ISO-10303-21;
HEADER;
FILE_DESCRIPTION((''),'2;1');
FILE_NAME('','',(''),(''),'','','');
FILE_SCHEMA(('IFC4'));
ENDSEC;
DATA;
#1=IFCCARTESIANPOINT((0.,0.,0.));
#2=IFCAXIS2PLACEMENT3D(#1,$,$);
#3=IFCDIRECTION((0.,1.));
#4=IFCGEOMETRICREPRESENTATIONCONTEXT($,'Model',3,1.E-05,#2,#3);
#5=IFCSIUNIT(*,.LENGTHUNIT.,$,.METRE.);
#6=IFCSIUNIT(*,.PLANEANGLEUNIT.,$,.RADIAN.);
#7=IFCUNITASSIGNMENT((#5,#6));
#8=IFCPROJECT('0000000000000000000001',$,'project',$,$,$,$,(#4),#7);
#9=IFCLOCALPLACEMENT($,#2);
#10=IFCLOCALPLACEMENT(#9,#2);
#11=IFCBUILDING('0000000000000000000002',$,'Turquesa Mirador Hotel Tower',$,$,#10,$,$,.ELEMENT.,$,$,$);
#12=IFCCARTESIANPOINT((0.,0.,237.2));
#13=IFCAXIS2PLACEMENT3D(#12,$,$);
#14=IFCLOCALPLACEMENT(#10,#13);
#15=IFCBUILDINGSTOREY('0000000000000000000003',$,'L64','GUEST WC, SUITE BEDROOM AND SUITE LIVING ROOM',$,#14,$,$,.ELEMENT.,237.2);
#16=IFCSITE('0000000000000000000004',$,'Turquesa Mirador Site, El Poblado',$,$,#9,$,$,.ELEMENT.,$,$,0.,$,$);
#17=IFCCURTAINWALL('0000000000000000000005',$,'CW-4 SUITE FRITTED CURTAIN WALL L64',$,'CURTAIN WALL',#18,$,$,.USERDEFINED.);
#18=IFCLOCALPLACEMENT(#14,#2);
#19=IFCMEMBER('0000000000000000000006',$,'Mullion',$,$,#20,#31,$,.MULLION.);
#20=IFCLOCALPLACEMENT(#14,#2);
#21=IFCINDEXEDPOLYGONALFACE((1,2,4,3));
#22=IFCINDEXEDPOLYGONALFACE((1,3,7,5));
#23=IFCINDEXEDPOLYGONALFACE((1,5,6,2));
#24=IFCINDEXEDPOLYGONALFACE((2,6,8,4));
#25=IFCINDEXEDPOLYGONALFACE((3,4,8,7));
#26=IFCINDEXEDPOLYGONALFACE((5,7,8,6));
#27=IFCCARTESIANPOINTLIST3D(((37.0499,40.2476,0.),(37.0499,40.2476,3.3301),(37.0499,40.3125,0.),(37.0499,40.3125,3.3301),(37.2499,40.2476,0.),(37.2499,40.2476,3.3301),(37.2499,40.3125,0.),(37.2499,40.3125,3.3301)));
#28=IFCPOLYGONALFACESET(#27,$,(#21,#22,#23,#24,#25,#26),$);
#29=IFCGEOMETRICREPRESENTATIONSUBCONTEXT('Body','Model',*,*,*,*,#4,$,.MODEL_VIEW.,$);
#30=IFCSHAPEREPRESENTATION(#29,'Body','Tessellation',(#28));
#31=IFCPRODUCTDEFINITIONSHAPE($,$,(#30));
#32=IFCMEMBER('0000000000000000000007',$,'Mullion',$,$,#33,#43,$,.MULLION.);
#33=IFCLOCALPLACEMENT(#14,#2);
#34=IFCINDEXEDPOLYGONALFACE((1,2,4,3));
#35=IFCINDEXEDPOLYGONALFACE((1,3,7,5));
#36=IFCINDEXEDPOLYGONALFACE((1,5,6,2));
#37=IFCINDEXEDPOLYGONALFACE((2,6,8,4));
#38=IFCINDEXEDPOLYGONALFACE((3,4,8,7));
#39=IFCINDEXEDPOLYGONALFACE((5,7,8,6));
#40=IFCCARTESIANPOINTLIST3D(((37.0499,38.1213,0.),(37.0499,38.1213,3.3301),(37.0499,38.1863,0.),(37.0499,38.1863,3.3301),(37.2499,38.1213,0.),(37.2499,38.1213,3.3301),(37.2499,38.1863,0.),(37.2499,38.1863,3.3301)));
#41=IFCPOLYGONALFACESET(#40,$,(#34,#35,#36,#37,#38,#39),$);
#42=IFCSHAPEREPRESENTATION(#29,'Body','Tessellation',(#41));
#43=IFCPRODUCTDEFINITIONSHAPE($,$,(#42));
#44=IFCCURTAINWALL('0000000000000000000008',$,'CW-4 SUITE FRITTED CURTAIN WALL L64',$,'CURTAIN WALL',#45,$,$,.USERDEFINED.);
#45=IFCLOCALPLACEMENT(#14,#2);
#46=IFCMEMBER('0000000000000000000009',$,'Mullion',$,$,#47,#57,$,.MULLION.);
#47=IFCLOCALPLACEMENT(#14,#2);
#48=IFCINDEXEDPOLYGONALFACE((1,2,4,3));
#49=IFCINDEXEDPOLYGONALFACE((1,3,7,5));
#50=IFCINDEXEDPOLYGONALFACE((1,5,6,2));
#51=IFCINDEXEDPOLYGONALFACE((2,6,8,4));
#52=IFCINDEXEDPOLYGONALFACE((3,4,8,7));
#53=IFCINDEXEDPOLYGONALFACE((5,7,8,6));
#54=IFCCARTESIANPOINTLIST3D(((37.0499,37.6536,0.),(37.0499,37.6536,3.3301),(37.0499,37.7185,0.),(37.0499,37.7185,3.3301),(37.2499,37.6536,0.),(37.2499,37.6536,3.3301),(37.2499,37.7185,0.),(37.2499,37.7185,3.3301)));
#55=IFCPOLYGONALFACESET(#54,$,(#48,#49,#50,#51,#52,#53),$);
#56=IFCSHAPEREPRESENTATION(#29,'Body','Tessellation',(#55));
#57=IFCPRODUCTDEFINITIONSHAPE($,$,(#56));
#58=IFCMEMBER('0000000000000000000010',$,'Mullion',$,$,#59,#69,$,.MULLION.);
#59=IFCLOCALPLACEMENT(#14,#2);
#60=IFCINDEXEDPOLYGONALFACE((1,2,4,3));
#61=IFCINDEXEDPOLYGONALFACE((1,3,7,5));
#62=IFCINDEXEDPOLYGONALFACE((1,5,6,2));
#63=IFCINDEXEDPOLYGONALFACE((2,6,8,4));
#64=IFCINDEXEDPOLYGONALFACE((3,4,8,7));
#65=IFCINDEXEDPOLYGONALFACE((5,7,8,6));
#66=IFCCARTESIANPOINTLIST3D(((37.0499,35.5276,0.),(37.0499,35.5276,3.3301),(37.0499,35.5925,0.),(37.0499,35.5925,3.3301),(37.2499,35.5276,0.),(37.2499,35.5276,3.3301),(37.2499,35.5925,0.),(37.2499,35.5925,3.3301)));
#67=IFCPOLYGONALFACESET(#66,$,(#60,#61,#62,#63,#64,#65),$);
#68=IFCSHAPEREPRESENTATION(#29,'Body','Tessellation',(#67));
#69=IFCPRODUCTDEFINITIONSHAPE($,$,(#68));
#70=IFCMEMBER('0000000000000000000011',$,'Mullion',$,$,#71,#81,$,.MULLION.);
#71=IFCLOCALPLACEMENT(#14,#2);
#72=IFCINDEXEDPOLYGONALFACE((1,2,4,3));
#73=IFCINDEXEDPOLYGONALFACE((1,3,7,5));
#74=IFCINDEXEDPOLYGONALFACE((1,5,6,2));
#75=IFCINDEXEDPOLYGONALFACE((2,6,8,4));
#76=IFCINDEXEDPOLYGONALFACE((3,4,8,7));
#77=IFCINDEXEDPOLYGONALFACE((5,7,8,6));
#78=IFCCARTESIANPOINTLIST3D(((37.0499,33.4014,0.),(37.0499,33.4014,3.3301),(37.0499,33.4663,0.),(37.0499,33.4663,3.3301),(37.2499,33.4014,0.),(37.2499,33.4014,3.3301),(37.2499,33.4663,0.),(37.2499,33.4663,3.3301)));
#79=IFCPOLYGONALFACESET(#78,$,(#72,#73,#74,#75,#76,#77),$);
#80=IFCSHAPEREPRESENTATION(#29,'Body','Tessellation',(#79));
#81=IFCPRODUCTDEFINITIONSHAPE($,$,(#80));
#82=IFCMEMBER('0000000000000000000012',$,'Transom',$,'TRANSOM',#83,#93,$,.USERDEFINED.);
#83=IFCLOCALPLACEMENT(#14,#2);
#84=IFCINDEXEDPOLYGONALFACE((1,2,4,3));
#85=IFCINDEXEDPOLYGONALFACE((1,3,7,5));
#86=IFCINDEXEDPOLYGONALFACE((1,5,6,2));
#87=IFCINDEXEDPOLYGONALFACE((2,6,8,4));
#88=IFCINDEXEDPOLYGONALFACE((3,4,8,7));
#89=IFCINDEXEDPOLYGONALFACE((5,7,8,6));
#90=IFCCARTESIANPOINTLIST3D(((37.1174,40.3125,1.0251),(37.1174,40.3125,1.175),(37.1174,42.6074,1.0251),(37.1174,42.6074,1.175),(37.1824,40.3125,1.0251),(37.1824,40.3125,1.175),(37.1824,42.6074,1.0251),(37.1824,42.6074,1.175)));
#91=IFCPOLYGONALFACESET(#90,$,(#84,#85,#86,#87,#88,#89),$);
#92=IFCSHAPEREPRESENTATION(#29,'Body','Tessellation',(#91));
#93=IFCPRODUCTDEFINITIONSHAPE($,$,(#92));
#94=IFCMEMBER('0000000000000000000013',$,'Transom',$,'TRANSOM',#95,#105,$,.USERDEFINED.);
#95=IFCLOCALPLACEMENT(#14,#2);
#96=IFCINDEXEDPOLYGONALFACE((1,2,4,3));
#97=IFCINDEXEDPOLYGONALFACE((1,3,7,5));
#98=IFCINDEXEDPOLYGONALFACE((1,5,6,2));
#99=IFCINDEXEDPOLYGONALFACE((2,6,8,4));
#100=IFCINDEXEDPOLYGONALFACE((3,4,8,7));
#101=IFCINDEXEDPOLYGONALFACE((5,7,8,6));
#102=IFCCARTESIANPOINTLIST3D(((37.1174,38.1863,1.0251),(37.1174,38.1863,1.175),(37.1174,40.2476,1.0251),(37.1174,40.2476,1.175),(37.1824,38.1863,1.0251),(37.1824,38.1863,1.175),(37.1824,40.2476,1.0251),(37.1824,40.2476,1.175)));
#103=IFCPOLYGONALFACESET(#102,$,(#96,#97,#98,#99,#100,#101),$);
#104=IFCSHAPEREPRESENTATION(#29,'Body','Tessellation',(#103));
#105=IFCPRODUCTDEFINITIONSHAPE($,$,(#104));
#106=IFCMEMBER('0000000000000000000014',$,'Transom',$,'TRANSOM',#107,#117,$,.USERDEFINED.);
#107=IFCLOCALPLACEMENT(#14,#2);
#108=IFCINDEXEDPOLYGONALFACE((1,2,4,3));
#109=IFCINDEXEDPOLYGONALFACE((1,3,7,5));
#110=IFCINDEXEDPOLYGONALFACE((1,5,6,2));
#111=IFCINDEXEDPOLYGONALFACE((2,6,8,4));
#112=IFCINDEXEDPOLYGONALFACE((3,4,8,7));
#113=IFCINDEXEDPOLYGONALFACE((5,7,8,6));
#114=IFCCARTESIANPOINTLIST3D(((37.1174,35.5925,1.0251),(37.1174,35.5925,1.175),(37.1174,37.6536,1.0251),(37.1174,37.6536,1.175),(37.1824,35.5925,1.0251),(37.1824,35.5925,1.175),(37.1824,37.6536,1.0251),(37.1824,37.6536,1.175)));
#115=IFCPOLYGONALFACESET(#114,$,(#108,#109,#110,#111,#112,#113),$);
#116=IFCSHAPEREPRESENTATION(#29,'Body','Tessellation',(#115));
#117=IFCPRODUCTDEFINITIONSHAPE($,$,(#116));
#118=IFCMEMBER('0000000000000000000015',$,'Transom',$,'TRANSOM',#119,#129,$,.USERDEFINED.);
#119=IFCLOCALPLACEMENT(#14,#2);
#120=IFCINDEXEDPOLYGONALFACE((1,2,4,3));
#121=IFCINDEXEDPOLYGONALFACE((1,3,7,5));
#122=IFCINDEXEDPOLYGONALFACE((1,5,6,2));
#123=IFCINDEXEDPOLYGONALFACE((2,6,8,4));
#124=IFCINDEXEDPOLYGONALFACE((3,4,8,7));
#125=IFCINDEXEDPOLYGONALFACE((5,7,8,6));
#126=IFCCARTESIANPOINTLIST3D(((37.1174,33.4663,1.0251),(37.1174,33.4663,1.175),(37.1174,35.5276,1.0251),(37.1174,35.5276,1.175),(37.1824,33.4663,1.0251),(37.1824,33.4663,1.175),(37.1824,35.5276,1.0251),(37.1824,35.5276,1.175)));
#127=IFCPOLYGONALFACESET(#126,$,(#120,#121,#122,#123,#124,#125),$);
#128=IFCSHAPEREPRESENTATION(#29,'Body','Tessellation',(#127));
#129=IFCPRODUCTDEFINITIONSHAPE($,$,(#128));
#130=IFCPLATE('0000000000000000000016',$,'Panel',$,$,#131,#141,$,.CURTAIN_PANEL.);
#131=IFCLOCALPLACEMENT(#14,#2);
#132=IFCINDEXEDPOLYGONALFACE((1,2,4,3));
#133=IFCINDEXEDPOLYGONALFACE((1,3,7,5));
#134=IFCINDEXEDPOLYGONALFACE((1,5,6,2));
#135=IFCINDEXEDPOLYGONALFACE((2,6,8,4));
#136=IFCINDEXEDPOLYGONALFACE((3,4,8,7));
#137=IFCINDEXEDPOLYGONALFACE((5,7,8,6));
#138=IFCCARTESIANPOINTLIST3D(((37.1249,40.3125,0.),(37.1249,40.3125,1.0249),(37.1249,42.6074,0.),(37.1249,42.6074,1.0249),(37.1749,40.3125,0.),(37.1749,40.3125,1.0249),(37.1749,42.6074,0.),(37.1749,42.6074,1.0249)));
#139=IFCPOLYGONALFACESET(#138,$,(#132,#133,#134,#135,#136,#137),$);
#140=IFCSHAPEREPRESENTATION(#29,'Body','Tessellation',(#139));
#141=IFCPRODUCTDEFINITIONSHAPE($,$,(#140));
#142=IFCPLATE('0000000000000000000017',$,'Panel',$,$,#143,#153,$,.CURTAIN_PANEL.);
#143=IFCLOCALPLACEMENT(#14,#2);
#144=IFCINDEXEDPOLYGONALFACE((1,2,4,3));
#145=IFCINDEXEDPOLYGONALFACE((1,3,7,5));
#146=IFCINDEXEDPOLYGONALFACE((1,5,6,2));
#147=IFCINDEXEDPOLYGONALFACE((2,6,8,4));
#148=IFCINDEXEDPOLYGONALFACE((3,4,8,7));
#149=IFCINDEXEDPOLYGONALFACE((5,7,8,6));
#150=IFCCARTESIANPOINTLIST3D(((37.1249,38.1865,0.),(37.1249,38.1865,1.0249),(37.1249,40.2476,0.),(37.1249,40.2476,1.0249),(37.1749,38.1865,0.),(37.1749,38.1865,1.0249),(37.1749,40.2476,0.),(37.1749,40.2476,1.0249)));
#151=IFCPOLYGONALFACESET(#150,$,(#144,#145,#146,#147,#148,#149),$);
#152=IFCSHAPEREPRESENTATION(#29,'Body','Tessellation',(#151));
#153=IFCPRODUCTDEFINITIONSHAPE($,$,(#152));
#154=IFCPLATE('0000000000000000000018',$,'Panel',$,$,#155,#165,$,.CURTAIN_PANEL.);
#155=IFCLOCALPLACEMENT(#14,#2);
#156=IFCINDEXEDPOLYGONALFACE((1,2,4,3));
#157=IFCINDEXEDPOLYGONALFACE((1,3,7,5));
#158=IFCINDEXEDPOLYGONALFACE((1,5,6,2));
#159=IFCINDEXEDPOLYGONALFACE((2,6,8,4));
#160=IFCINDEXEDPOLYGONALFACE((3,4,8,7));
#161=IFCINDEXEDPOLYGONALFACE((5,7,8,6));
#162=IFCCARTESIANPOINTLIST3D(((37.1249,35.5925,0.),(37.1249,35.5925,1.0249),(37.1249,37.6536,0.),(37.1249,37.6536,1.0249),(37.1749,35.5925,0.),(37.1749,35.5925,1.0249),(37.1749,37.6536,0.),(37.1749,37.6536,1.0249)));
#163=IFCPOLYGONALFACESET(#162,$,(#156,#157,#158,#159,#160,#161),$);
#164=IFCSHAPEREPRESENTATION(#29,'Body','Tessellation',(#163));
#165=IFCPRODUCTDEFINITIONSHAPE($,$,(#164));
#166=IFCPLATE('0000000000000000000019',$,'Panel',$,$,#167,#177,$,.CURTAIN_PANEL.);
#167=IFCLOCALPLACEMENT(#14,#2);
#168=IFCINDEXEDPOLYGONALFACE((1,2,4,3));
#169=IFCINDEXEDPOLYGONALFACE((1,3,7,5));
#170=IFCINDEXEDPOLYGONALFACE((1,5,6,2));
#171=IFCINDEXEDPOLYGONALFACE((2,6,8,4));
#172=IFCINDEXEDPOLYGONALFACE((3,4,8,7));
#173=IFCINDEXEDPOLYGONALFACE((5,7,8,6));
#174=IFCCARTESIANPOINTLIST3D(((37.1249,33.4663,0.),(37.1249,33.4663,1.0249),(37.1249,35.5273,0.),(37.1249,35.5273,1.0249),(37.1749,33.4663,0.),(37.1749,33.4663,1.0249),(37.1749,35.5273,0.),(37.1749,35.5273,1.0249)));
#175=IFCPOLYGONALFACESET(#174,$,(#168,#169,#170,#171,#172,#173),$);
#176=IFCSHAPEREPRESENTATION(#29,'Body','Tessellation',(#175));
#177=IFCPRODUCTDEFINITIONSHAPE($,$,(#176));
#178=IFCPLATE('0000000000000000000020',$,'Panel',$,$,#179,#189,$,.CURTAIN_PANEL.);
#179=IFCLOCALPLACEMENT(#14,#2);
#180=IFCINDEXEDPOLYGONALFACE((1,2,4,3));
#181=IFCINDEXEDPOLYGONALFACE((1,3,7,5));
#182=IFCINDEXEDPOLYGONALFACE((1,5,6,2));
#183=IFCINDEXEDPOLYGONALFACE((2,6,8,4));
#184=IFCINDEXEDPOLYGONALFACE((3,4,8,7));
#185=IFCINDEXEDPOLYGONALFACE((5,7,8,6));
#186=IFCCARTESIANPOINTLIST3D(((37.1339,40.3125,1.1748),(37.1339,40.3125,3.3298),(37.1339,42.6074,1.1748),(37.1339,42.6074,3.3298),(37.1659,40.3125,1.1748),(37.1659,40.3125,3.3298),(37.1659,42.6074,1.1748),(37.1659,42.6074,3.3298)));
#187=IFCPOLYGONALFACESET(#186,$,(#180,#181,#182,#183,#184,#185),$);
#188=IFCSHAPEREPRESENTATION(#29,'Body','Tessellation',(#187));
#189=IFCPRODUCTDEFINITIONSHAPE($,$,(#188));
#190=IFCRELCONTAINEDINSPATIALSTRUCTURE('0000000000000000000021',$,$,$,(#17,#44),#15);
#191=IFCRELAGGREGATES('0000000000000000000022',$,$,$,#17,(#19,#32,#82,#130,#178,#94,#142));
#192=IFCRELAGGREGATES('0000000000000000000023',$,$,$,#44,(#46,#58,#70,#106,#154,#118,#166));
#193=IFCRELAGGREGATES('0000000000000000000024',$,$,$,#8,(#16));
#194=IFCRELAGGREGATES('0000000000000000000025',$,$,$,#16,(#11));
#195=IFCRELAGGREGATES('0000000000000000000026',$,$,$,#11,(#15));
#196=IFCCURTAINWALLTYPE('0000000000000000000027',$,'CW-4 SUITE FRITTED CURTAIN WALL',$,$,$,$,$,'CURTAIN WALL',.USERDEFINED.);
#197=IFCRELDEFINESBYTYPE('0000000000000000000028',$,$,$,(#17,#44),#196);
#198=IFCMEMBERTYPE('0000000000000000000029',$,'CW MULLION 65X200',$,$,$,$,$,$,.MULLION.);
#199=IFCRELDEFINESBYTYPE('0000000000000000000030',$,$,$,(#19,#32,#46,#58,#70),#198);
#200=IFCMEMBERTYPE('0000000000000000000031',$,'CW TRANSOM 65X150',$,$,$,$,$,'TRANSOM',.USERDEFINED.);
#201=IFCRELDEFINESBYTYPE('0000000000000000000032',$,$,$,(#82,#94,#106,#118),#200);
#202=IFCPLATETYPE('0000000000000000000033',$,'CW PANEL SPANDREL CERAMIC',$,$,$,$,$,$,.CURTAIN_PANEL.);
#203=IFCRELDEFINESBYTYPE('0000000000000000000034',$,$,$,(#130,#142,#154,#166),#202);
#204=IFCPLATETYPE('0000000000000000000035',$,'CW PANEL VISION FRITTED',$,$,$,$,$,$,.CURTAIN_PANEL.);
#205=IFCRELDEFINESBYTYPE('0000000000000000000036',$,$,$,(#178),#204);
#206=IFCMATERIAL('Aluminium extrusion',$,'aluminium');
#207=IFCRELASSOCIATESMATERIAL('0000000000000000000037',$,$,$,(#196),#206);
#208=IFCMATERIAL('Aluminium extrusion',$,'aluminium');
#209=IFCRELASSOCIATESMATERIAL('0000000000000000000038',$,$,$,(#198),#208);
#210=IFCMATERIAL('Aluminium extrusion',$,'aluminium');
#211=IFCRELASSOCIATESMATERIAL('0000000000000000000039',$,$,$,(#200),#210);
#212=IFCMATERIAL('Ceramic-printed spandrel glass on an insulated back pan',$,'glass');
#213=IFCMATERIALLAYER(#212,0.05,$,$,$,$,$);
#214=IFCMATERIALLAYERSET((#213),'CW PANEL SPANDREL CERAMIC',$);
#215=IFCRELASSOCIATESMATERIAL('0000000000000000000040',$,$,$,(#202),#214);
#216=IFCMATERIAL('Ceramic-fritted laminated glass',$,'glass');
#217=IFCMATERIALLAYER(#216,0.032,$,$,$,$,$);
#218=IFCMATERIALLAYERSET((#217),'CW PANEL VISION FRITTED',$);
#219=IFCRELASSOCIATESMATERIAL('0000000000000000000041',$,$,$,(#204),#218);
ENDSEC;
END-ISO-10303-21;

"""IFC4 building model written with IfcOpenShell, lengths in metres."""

from ifc_helpers import new_model, si_unit, direction, frame, origin, origin_2d, place, context, subcontext, project, spatial, rectangle, extrude, material, layer, layer_set, material_profile, profile_set, type_object, element, aggregate, save


model = new_model("IFC4")

# Units and contexts
model_context = context("Model", 3, precision=1e-05, world=origin(), true_north=direction((0.0, 1.0)))
body_context = subcontext(model_context, "Body", "Model", "MODEL_VIEW")
ifc_project = project(units=[si_unit("LENGTHUNIT", "METRE"), si_unit("PLANEANGLEUNIT", "RADIAN")], contexts=[model_context])

# Site, building, storey
site_placement = place(None, origin())
site = spatial("IfcSite", under=ifc_project, at=site_placement, Name="Turquesa Mirador Site, El Poblado", CompositionType="ELEMENT", RefElevation=0.0)
building_placement = place(site_placement, origin())
building = spatial("IfcBuilding", under=site, at=building_placement, Name="Turquesa Mirador Hotel Tower", CompositionType="ELEMENT")
storey_placement = place(building_placement, frame((0.0, 0.0, 237.2)))
storey = spatial("IfcBuildingStorey", under=building, at=storey_placement, Name="L64", Description="GUEST WC, SUITE BEDROOM AND SUITE LIVING ROOM", CompositionType="ELEMENT", Elevation=237.2)

# Curtain walls, members
ifc_material_1 = material(Name="Aluminium extrusion", Category="aluminium")
curtain_wall_type = type_object("IfcCurtainWallType", Name="CW-4 SUITE FRITTED CURTAIN WALL", ElementType="CURTAIN WALL", PredefinedType="USERDEFINED", material=ifc_material_1)
curtain_wall_1_placement = place(storey_placement, origin())
curtain_wall_1 = element("IfcCurtainWall", 1, at=curtain_wall_1_placement, inside=storey, type_object=curtain_wall_type, Name="CW-4 SUITE FRITTED CURTAIN WALL L64", ObjectType="CURTAIN WALL", PredefinedType="USERDEFINED")
ifc_material_2 = material(Name="Aluminium extrusion", Category="aluminium")
ifc_material_profile_1 = material_profile(ifc_material_2, rectangle(XDim=0.0649, YDim=0.2, at=origin_2d()), Name="MULLION 65X200")
ifc_profile_set_1 = profile_set([ifc_material_profile_1], Name="Aluminium extrusion")
member_type_1 = type_object("IfcMemberType", Name="CW MULLION 65X200", PredefinedType="MULLION", material=ifc_profile_set_1)
member_1_placement = place(storey_placement, frame((37.1499, 40.28, 0.0), z_axis=(0.0, 0.0, 1.0), x_axis=(0.0, -1.0, 0.0)))
member_1 = element("IfcMember", 2, at=member_1_placement, type_object=member_type_1, Name="Mullion", PredefinedType="MULLION", context=body_context, shape_type="SweptSolid", body=[
    extrude(rectangle(XDim=0.0649, YDim=0.2, at=origin_2d()), origin(), (0.0, 0.0, 1.0), 3.3301),
])
member_2_placement = place(storey_placement, frame((37.1499, 38.1538, 0.0), z_axis=(0.0, 0.0, 1.0), x_axis=(0.0, -1.0, 0.0)))
member_2 = element("IfcMember", 3, at=member_2_placement, type_object=member_type_1, Name="Mullion", PredefinedType="MULLION", context=body_context, shape_type="SweptSolid", body=[
    extrude(rectangle(XDim=0.0649, YDim=0.2, at=origin_2d()), origin(), (0.0, 0.0, 1.0), 3.3301),
])
curtain_wall_2_placement = place(storey_placement, origin())
curtain_wall_2 = element("IfcCurtainWall", 4, at=curtain_wall_2_placement, inside=storey, type_object=curtain_wall_type, Name="CW-4 SUITE FRITTED CURTAIN WALL L64", ObjectType="CURTAIN WALL", PredefinedType="USERDEFINED")
member_3_placement = place(storey_placement, frame((37.1499, 37.686, 0.0), z_axis=(0.0, 0.0, 1.0), x_axis=(0.0, -1.0, 0.0)))
member_3 = element("IfcMember", 5, at=member_3_placement, type_object=member_type_1, Name="Mullion", PredefinedType="MULLION", context=body_context, shape_type="SweptSolid", body=[
    extrude(rectangle(XDim=0.0649, YDim=0.2, at=origin_2d()), origin(), (0.0, 0.0, 1.0), 3.3301),
])
member_4_placement = place(storey_placement, frame((37.1499, 35.5601, 0.0), z_axis=(0.0, 0.0, 1.0), x_axis=(0.0, -1.0, 0.0)))
member_4 = element("IfcMember", 6, at=member_4_placement, type_object=member_type_1, Name="Mullion", PredefinedType="MULLION", context=body_context, shape_type="SweptSolid", body=[
    extrude(rectangle(XDim=0.0649, YDim=0.2, at=origin_2d()), origin(), (0.0, 0.0, 1.0), 3.3301),
])
member_5_placement = place(storey_placement, frame((37.1499, 33.4338, 0.0), z_axis=(0.0, 0.0, 1.0), x_axis=(0.0, -1.0, 0.0)))
member_5 = element("IfcMember", 7, at=member_5_placement, type_object=member_type_1, Name="Mullion", PredefinedType="MULLION", context=body_context, shape_type="SweptSolid", body=[
    extrude(rectangle(XDim=0.0649, YDim=0.2, at=origin_2d()), origin(), (0.0, 0.0, 1.0), 3.3301),
])

# Members
ifc_material_3 = material(Name="Aluminium extrusion", Category="aluminium")
ifc_material_profile_2 = material_profile(ifc_material_3, rectangle(XDim=0.0649, YDim=0.1499, at=origin_2d()), Name="TRANSOM 65X150")
ifc_profile_set_2 = profile_set([ifc_material_profile_2], Name="Aluminium extrusion")
member_type_2 = type_object("IfcMemberType", Name="CW TRANSOM 65X150", ElementType="TRANSOM", PredefinedType="USERDEFINED", material=ifc_profile_set_2)
member_6_placement = place(storey_placement, frame((37.1499, 42.6074, 1.1001), z_axis=(0.0, -1.0, 0.0), x_axis=(1.0, 0.0, 0.0)))
member_6 = element("IfcMember", 8, at=member_6_placement, type_object=member_type_2, Name="Transom", ObjectType="TRANSOM", PredefinedType="USERDEFINED", context=body_context, shape_type="SweptSolid", body=[
    extrude(rectangle(XDim=0.0649, YDim=0.1499, at=origin_2d()), origin(), (0.0, 0.0, 1.0), 2.2949),
])
member_7_placement = place(storey_placement, frame((37.1499, 40.2476, 1.1001), z_axis=(0.0, -1.0, 0.0), x_axis=(1.0, 0.0, 0.0)))
member_7 = element("IfcMember", 9, at=member_7_placement, type_object=member_type_2, Name="Transom", ObjectType="TRANSOM", PredefinedType="USERDEFINED", context=body_context, shape_type="SweptSolid", body=[
    extrude(rectangle(XDim=0.0649, YDim=0.1499, at=origin_2d()), origin(), (0.0, 0.0, 1.0), 2.0613),
])
member_8_placement = place(storey_placement, frame((37.1499, 37.6536, 1.1001), z_axis=(0.0, -1.0, 0.0), x_axis=(1.0, 0.0, 0.0)))
member_8 = element("IfcMember", 10, at=member_8_placement, type_object=member_type_2, Name="Transom", ObjectType="TRANSOM", PredefinedType="USERDEFINED", context=body_context, shape_type="SweptSolid", body=[
    extrude(rectangle(XDim=0.0649, YDim=0.1499, at=origin_2d()), origin(), (0.0, 0.0, 1.0), 2.061),
])
member_9_placement = place(storey_placement, frame((37.1499, 35.5276, 1.1001), z_axis=(0.0, -1.0, 0.0), x_axis=(1.0, 0.0, 0.0)))
member_9 = element("IfcMember", 11, at=member_9_placement, type_object=member_type_2, Name="Transom", ObjectType="TRANSOM", PredefinedType="USERDEFINED", context=body_context, shape_type="SweptSolid", body=[
    extrude(rectangle(XDim=0.0649, YDim=0.1499, at=origin_2d()), origin(), (0.0, 0.0, 1.0), 2.0613),
])

# Plates
ifc_material_4 = material(Name="Ceramic-printed spandrel glass on an insulated back pan", Category="glass")
ifc_layer_1 = layer(ifc_material_4, 0.05)
ifc_layer_set_1 = layer_set([ifc_layer_1], Name="CW PANEL SPANDREL CERAMIC")
plate_type_1 = type_object("IfcPlateType", Name="CW PANEL SPANDREL CERAMIC", PredefinedType="CURTAIN_PANEL", material=ifc_layer_set_1)
plate_1_placement = place(storey_placement, frame((37.1499, 41.46, 0.0), z_axis=(0.0, 0.0, 1.0), x_axis=(0.0, -1.0, 0.0)))
plate_1 = element("IfcPlate", 12, at=plate_1_placement, type_object=plate_type_1, Name="Panel", PredefinedType="CURTAIN_PANEL", context=body_context, shape_type="SweptSolid", body=[
    extrude(rectangle(XDim=2.2949, YDim=0.05, at=origin_2d()), origin(), (0.0, 0.0, 1.0), 1.0249),
])
plate_2_placement = place(storey_placement, frame((37.1499, 39.217, 0.0), z_axis=(0.0, 0.0, 1.0), x_axis=(0.0, -1.0, 0.0)))
plate_2 = element("IfcPlate", 13, at=plate_2_placement, type_object=plate_type_1, Name="Panel", PredefinedType="CURTAIN_PANEL", context=body_context, shape_type="SweptSolid", body=[
    extrude(rectangle(XDim=2.061, YDim=0.05, at=origin_2d()), origin(), (0.0, 0.0, 1.0), 1.0249),
])
plate_3_placement = place(storey_placement, frame((37.1499, 36.623, 0.0), z_axis=(0.0, 0.0, 1.0), x_axis=(0.0, -1.0, 0.0)))
plate_3 = element("IfcPlate", 14, at=plate_3_placement, type_object=plate_type_1, Name="Panel", PredefinedType="CURTAIN_PANEL", context=body_context, shape_type="SweptSolid", body=[
    extrude(rectangle(XDim=2.061, YDim=0.05, at=origin_2d()), origin(), (0.0, 0.0, 1.0), 1.0249),
])
plate_4_placement = place(storey_placement, frame((37.1499, 34.4968, 0.0), z_axis=(0.0, 0.0, 1.0), x_axis=(0.0, -1.0, 0.0)))
plate_4 = element("IfcPlate", 15, at=plate_4_placement, type_object=plate_type_1, Name="Panel", PredefinedType="CURTAIN_PANEL", context=body_context, shape_type="SweptSolid", body=[
    extrude(rectangle(XDim=2.061, YDim=0.05, at=origin_2d()), origin(), (0.0, 0.0, 1.0), 1.0249),
])
ifc_material_5 = material(Name="Ceramic-fritted laminated glass", Category="glass")
ifc_layer_2 = layer(ifc_material_5, 0.032)
ifc_layer_set_2 = layer_set([ifc_layer_2], Name="CW PANEL VISION FRITTED")
plate_type_2 = type_object("IfcPlateType", Name="CW PANEL VISION FRITTED", PredefinedType="CURTAIN_PANEL", material=ifc_layer_set_2)
plate_5_placement = place(storey_placement, frame((37.1499, 41.46, 1.1748), z_axis=(0.0, 0.0, 1.0), x_axis=(0.0, -1.0, 0.0)))
plate_5 = element("IfcPlate", 16, at=plate_5_placement, type_object=plate_type_2, Name="Panel", PredefinedType="CURTAIN_PANEL", context=body_context, shape_type="SweptSolid", body=[
    extrude(rectangle(XDim=2.2949, YDim=0.032, at=origin_2d()), origin(), (0.0, 0.0, 1.0), 2.155),
])
aggregate(curtain_wall_1, [member_1, member_2, member_6, plate_1, plate_5, member_7, plate_2])
aggregate(curtain_wall_2, [member_3, member_4, member_5, member_8, plate_3, member_9, plate_4])

save(model, "model.ifc")
